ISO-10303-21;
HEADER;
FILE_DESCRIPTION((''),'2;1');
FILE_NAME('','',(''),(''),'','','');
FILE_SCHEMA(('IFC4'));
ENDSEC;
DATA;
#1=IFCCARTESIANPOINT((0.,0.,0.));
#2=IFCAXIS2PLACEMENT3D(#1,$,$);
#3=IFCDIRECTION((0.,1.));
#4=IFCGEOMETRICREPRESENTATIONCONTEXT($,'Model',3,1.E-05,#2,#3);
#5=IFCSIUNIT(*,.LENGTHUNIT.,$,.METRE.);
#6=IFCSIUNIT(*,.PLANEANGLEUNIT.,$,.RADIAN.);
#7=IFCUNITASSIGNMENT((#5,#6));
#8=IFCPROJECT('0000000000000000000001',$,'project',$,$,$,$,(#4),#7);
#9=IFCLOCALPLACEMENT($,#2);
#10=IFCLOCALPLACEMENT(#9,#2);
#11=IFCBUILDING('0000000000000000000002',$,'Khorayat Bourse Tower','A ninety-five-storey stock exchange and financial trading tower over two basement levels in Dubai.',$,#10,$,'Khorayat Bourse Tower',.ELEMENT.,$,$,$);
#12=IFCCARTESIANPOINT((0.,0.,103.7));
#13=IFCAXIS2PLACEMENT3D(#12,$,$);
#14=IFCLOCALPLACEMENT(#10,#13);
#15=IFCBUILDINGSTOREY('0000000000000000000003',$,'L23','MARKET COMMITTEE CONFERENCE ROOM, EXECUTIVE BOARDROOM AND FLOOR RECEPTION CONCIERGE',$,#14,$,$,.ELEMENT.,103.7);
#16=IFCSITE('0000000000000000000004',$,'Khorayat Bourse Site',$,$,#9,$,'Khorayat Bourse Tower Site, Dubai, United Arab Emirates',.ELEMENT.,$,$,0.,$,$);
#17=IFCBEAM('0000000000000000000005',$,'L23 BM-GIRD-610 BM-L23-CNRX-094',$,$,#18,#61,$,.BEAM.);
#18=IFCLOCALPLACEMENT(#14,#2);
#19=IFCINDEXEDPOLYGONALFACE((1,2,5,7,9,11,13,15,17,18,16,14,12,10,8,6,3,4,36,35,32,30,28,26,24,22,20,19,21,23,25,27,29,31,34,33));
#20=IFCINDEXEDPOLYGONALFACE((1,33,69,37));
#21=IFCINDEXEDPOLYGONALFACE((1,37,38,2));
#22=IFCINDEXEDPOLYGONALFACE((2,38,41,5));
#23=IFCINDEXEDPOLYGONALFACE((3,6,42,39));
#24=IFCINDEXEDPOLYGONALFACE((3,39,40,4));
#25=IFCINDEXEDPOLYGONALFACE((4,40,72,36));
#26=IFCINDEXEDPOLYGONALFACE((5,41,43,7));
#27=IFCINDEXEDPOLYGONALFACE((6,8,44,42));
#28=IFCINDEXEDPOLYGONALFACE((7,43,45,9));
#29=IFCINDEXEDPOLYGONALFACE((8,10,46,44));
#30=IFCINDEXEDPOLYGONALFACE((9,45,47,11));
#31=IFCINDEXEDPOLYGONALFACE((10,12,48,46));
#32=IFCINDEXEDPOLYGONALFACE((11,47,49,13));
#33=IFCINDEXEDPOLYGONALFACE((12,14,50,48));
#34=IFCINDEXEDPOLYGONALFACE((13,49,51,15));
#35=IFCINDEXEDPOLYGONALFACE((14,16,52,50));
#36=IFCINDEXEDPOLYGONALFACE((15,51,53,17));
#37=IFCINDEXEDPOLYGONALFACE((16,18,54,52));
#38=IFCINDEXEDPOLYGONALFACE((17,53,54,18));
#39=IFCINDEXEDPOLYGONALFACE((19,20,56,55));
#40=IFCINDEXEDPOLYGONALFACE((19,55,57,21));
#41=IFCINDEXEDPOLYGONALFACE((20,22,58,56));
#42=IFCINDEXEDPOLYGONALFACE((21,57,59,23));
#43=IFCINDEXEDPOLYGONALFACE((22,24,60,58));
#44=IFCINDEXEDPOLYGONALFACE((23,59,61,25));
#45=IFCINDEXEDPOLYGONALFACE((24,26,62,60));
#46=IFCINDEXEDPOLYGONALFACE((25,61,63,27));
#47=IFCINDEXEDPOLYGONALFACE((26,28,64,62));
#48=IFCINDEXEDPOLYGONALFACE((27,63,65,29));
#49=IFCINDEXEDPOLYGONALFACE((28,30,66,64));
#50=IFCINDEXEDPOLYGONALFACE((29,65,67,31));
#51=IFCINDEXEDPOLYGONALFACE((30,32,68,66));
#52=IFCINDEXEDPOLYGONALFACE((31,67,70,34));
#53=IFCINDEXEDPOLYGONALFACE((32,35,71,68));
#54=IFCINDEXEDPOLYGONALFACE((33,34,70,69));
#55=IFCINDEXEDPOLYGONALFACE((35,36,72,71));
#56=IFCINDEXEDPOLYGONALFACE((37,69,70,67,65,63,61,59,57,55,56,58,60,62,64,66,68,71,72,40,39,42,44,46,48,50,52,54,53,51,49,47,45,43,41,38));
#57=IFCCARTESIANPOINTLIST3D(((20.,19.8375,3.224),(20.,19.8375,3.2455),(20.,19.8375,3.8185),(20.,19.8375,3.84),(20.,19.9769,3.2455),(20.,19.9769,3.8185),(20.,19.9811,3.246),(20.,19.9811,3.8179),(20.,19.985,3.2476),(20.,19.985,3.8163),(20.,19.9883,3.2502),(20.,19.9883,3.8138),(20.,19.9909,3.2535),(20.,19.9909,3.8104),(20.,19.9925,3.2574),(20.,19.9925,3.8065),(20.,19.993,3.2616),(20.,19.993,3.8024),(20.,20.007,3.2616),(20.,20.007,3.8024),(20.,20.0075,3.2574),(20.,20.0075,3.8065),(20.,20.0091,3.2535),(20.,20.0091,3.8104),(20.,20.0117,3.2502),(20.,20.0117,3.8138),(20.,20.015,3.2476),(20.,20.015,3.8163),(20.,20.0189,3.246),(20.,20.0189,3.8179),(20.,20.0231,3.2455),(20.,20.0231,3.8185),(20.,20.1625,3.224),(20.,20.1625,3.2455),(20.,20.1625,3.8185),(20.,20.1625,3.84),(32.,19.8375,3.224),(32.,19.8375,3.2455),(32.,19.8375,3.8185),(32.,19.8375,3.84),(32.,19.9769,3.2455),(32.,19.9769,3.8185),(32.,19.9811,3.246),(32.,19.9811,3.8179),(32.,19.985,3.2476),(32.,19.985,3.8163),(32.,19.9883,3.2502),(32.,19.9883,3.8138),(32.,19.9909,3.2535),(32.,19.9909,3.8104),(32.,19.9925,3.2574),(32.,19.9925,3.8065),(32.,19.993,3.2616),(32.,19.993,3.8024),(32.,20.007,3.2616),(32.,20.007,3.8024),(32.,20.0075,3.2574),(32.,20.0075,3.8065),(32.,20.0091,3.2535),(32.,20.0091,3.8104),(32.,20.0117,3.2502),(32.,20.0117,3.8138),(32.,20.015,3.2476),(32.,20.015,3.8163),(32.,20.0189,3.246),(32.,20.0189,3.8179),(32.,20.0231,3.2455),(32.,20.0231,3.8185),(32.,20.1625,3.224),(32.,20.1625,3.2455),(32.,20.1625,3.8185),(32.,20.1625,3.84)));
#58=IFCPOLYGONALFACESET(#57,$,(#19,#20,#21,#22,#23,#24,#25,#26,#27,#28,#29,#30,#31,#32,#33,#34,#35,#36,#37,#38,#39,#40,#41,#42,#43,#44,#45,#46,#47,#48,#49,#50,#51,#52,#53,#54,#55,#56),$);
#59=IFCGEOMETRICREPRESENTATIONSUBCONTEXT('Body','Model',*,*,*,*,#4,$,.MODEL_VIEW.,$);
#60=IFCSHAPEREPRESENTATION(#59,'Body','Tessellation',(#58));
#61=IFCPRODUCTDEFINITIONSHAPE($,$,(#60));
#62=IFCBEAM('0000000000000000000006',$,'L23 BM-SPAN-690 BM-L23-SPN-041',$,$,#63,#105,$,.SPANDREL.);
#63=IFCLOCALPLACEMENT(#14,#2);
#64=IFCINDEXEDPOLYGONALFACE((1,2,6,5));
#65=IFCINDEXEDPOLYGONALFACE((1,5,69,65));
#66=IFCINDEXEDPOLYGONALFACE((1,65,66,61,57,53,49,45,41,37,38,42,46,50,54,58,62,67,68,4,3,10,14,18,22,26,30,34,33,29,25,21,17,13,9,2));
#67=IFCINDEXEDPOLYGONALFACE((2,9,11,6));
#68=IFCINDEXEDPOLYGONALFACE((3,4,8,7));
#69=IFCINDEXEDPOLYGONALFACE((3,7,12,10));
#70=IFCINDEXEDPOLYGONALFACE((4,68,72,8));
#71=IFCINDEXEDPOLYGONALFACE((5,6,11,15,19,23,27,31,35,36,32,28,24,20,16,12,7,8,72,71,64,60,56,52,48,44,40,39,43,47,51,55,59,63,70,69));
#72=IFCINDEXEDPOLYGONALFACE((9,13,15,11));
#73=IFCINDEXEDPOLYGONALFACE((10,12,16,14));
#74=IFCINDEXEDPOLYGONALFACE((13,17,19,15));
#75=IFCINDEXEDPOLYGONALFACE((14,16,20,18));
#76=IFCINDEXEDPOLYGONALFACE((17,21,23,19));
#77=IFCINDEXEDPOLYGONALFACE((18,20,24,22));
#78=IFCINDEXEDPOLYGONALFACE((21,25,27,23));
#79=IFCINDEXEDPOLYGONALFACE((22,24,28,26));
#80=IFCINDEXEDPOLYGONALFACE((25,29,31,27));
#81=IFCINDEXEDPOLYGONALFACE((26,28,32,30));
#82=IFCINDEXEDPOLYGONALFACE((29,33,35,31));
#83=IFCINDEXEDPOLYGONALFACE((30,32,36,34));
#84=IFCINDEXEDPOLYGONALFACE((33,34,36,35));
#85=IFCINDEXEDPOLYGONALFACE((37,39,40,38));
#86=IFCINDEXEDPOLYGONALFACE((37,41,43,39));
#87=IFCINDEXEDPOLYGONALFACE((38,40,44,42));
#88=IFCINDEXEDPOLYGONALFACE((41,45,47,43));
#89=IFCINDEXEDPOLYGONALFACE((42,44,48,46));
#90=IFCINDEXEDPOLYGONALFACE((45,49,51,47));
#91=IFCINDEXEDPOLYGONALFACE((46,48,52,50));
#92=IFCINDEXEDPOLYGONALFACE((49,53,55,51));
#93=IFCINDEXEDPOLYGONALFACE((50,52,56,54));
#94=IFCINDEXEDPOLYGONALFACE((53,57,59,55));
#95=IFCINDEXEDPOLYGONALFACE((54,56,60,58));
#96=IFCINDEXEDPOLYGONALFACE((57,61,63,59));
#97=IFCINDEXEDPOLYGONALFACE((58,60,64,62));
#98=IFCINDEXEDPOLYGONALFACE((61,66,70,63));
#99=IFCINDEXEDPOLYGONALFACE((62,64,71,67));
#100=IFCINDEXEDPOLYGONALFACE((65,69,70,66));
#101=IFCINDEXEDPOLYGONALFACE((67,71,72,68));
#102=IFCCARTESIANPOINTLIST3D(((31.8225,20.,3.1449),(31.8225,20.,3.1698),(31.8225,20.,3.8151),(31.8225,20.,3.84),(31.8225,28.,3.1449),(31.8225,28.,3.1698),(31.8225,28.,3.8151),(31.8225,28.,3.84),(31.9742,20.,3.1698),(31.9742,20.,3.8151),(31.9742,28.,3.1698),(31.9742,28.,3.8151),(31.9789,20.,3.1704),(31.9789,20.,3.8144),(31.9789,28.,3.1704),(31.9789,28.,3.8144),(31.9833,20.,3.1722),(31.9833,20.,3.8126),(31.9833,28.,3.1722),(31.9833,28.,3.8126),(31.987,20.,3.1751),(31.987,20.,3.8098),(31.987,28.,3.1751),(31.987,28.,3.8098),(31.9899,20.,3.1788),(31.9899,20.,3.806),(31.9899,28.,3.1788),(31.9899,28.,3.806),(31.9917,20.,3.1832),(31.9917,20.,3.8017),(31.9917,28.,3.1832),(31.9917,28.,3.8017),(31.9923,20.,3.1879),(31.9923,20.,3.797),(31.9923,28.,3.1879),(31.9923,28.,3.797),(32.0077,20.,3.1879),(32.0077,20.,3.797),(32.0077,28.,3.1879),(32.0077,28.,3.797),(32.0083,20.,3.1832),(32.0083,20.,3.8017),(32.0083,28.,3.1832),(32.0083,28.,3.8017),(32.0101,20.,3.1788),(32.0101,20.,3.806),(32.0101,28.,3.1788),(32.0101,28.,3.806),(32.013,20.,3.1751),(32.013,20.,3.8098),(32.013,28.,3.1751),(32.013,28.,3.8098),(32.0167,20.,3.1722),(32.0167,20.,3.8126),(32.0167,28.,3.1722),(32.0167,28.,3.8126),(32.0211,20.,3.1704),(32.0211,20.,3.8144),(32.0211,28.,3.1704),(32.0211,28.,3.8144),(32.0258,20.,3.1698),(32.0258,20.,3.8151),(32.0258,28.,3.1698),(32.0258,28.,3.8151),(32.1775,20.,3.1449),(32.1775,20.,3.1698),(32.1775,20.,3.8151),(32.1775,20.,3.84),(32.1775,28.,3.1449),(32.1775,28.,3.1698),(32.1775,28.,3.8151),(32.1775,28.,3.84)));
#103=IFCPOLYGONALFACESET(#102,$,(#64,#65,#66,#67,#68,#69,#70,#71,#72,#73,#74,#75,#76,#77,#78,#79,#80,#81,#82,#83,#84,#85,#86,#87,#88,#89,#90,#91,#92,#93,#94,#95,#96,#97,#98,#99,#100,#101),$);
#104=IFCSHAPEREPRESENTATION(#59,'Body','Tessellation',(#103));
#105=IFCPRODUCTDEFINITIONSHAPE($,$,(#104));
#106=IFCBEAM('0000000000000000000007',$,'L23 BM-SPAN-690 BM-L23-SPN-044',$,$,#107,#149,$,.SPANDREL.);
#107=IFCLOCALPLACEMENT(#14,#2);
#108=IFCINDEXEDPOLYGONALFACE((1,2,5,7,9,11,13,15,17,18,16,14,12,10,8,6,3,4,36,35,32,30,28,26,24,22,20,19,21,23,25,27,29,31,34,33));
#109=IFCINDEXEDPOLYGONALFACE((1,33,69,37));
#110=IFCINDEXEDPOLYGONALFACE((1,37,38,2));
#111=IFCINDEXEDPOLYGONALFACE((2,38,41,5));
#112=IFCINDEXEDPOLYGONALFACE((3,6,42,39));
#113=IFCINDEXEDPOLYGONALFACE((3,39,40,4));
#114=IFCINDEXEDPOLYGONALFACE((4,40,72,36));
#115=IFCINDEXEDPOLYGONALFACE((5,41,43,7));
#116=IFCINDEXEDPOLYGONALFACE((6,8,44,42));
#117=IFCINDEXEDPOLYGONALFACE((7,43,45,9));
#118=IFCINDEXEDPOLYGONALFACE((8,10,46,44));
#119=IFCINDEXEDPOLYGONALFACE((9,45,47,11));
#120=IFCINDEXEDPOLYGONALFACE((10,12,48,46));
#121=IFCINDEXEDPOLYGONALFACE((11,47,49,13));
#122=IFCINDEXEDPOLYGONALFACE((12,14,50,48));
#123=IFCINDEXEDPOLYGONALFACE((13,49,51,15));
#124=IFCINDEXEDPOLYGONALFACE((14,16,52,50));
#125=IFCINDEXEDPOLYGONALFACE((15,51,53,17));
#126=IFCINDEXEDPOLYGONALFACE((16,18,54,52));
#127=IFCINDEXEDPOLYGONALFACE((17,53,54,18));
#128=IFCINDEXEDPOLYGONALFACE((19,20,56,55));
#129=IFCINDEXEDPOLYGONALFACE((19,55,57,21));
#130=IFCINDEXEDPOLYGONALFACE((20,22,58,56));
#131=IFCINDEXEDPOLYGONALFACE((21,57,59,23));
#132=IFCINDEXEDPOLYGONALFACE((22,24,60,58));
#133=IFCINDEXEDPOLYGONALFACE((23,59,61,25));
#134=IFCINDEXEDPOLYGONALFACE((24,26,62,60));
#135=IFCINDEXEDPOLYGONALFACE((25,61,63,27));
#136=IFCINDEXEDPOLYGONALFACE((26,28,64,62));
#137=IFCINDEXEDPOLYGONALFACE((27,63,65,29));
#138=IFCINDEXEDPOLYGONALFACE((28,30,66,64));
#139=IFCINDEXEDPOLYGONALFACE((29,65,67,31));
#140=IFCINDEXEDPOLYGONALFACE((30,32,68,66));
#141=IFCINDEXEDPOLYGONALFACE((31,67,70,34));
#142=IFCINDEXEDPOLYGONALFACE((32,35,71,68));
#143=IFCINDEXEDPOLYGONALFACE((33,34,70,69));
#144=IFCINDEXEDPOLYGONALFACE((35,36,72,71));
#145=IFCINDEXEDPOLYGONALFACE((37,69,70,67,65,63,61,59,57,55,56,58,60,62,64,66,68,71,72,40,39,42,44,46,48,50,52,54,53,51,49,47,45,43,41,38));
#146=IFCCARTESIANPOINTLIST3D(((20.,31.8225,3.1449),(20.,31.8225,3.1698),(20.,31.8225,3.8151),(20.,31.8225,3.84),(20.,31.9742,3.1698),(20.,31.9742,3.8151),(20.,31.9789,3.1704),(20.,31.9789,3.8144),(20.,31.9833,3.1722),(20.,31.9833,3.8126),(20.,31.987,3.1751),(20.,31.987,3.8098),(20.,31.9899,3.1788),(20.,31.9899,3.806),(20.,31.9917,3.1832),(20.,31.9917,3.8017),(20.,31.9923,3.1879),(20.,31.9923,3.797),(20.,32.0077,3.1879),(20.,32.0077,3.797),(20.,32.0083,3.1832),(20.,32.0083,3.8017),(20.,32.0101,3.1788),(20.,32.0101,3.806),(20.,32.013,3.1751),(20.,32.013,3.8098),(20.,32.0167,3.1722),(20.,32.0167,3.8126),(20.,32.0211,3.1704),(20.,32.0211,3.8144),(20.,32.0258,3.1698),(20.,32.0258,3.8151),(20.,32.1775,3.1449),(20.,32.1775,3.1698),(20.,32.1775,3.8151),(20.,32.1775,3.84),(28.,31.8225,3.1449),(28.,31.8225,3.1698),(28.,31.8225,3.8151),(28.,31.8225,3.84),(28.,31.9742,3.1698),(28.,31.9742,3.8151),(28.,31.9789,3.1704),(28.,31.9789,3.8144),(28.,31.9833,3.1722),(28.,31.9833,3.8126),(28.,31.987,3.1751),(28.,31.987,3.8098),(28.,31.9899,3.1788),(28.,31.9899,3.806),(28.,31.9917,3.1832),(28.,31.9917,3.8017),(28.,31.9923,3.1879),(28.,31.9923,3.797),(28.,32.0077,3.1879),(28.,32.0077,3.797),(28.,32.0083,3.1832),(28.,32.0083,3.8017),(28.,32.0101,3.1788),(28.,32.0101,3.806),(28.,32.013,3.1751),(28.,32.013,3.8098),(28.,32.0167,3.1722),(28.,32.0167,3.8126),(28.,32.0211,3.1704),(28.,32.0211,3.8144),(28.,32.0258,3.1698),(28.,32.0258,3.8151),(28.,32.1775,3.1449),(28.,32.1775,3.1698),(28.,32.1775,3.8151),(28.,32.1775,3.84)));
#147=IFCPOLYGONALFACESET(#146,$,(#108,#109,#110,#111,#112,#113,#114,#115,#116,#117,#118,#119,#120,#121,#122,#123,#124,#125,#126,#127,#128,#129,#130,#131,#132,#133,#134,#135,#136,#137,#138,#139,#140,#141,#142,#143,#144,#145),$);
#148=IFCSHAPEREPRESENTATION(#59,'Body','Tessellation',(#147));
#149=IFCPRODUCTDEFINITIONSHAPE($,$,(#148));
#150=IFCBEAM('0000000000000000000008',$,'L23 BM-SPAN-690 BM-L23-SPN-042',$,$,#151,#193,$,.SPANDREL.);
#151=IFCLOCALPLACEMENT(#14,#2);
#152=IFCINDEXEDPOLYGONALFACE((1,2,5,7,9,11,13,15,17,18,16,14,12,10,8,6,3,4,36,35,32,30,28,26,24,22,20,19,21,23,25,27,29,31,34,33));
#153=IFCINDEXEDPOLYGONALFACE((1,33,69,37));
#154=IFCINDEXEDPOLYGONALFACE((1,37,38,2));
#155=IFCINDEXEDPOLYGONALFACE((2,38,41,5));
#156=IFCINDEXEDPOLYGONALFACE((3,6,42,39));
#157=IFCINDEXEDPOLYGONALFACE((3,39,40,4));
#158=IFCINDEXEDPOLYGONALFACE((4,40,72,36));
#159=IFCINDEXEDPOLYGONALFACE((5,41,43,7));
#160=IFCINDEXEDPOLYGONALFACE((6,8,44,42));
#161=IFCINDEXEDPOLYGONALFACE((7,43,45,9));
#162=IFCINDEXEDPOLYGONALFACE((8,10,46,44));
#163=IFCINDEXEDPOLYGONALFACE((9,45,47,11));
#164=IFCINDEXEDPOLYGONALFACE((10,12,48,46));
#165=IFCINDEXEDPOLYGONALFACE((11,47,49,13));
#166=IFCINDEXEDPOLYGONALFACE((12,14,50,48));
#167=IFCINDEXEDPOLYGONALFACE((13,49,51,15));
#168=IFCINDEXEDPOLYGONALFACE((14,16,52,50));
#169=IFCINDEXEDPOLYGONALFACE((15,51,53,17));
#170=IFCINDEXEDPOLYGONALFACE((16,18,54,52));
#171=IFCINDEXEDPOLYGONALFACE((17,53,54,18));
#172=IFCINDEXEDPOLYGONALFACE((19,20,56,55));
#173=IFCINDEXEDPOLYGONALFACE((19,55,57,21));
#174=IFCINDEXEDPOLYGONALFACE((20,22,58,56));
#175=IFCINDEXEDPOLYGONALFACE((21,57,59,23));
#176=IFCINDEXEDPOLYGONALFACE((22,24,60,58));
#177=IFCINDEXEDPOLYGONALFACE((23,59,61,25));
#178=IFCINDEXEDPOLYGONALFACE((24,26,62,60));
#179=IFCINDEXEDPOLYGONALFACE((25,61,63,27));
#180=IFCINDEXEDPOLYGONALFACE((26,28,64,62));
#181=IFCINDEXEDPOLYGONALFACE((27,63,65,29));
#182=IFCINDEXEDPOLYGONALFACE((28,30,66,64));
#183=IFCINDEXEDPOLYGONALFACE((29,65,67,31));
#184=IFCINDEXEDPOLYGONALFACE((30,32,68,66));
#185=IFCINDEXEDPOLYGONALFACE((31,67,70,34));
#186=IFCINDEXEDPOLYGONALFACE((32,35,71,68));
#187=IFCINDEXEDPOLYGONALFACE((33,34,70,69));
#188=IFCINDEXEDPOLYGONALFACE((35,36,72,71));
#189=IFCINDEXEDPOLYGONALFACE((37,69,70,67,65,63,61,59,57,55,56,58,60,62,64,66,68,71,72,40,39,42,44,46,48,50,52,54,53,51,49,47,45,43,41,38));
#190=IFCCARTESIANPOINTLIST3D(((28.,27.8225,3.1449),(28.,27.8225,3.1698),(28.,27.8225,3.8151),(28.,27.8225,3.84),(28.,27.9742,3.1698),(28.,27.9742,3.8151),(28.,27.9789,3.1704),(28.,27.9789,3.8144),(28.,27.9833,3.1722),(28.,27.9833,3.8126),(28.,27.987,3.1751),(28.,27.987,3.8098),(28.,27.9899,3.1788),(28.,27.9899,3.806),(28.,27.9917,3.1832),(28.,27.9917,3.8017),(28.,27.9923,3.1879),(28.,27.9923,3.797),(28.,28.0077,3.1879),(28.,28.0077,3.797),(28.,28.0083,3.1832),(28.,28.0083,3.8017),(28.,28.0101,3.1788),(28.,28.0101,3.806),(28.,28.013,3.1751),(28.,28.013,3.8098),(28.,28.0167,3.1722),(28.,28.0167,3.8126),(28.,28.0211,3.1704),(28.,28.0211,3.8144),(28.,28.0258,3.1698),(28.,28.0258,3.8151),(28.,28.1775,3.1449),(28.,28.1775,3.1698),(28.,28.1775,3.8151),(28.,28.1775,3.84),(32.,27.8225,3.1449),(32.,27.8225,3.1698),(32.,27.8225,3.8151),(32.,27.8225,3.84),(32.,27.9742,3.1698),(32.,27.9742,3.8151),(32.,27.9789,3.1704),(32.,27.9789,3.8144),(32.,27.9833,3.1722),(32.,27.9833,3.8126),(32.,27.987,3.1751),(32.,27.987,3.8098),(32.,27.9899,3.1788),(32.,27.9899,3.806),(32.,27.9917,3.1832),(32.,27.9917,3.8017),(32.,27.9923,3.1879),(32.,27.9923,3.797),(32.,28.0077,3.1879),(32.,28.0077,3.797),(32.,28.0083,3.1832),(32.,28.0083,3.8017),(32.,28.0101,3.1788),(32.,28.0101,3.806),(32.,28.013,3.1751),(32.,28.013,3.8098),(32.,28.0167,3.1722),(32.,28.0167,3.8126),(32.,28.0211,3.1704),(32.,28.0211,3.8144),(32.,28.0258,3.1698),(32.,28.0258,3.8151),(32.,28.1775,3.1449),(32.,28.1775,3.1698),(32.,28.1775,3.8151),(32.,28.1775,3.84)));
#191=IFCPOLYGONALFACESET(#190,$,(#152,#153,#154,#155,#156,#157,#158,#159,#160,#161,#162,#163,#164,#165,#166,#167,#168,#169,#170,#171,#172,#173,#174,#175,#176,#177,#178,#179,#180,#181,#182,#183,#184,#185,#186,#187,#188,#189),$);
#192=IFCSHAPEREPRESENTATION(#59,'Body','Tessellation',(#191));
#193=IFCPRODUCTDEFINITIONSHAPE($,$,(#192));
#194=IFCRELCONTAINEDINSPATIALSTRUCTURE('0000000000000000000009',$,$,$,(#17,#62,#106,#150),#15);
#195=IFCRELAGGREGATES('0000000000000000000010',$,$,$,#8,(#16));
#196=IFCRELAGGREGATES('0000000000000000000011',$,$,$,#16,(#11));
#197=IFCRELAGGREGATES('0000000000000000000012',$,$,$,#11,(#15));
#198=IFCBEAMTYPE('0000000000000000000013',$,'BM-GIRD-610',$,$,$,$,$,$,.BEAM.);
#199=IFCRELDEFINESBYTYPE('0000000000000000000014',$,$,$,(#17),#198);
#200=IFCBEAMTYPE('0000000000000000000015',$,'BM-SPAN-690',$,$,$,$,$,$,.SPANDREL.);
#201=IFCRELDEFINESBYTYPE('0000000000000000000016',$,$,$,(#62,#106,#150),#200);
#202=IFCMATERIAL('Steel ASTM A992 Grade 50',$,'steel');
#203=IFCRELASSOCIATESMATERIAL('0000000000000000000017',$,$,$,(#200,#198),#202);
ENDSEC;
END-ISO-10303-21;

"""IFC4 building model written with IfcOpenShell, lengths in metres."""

from ifc_helpers import new_model, si_unit, direction, frame, origin, origin_2d, place, context, subcontext, project, spatial, i_section, extrude, source, transform, mapped, material, material_profile, profile_set, type_object, element, save


model = new_model("IFC4")

# Units and contexts
model_context = context("Model", 3, precision=1e-05, world=origin(), true_north=direction((0.0, 1.0)))
body_context = subcontext(model_context, "Body", "Model", "MODEL_VIEW")
ifc_project = project(units=[si_unit("LENGTHUNIT", "METRE"), si_unit("PLANEANGLEUNIT", "RADIAN")], contexts=[model_context])

# Site, building, storey
site_placement = place(None, origin())
site = spatial("IfcSite", under=ifc_project, at=site_placement, Name="Khorayat Bourse Site", LongName="Khorayat Bourse Tower Site, Dubai, United Arab Emirates", CompositionType="ELEMENT", RefElevation=0.0)
building_placement = place(site_placement, origin())
building = spatial("IfcBuilding", under=site, at=building_placement, Name="Khorayat Bourse Tower", Description="A ninety-five-storey stock exchange and financial trading tower over two basement levels in Dubai.", LongName="Khorayat Bourse Tower", CompositionType="ELEMENT")
storey_placement = place(building_placement, frame((0.0, 0.0, 103.7)))
storey = spatial("IfcBuildingStorey", under=building, at=storey_placement, Name="L23", Description="MARKET COMMITTEE CONFERENCE ROOM, EXECUTIVE BOARDROOM AND FLOOR RECEPTION CONCIERGE", CompositionType="ELEMENT", Elevation=103.7)

# Beams
ifc_material_1 = material(Name="Steel ASTM A992 Grade 50", Category="steel")
ifc_material_profile_1 = material_profile(ifc_material_1, i_section(OverallWidth=0.355, OverallDepth=0.6951, WebThickness=0.0154, FlangeThickness=0.0249, FilletRadius=0.0181, at=origin_2d()), Name="W690X217")
ifc_profile_set_1 = profile_set([ifc_material_profile_1], Name="Steel ASTM A992 Grade 50")
beam_type_1 = type_object("IfcBeamType", Name="BM-SPAN-690", PredefinedType="SPANDREL", material=ifc_profile_set_1)
ifc_material_profile_2 = material_profile(ifc_material_1, i_section(OverallWidth=0.325, OverallDepth=0.616, WebThickness=0.0139, FlangeThickness=0.0215, FilletRadius=0.0161, at=origin_2d()), Name="W610X174")
ifc_profile_set_2 = profile_set([ifc_material_profile_2], Name="Steel ASTM A992 Grade 50")
beam_type_2 = type_object("IfcBeamType", Name="BM-GIRD-610", PredefinedType="BEAM", material=ifc_profile_set_2)
shared_shape_1 = source(origin(), body_context, "Body", "SweptSolid", [
    extrude(i_section(OverallWidth=0.325, OverallDepth=0.616, WebThickness=0.0139, FlangeThickness=0.0215, FilletRadius=0.0161, at=origin_2d()), origin(), (0.0, 0.0, 1.0), 12.0),
])
beam_1_placement = place(storey_placement, frame((20.0, 20.0, 3.532), z_axis=(1.0, 0.0, 0.0), x_axis=(0.0, 1.0, 0.0)))
element("IfcBeam", 1, at=beam_1_placement, inside=storey, type_object=beam_type_2, Name="L23 BM-GIRD-610 BM-L23-CNRX-094", PredefinedType="BEAM", context=body_context, shape_type="MappedRepresentation", body=[
    mapped(shared_shape_1, transform((0.0, 0.0, 0.0), scale=1.0)),
])
shared_shape_2 = source(origin(), body_context, "Body", "SweptSolid", [
    extrude(i_section(OverallWidth=0.355, OverallDepth=0.6951, WebThickness=0.0154, FlangeThickness=0.0249, FilletRadius=0.0181, at=origin_2d()), origin(), (0.0, 0.0, 1.0), 8.0),
])
for number, where, z_axis, x_axis, name in (
    (2, (32.0, 20.0, 3.4924), (0.0, 1.0, 0.0), (-1.0, 0.0, 0.0), "L23 BM-SPAN-690 BM-L23-SPN-041"),
    (3, (20.0, 32.0, 3.4924), (1.0, 0.0, 0.0), (0.0, 1.0, 0.0), "L23 BM-SPAN-690 BM-L23-SPN-044"),
):
    element("IfcBeam", number, at=place(storey_placement, frame(where, z_axis=z_axis, x_axis=x_axis)), inside=storey, type_object=beam_type_1, Name=name, PredefinedType="SPANDREL", context=body_context, shape_type="MappedRepresentation", body=[
        mapped(shared_shape_2, transform((0.0, 0.0, 0.0), scale=1.0)),
    ])
shared_shape_3 = source(origin(), body_context, "Body", "SweptSolid", [
    extrude(i_section(OverallWidth=0.355, OverallDepth=0.6951, WebThickness=0.0154, FlangeThickness=0.0249, FilletRadius=0.0181, at=origin_2d()), origin(), (0.0, 0.0, 1.0), 4.0),
])
for number, where, z_axis, x_axis, name in (
    (4, (28.0, 28.0, 3.4924), (1.0, 0.0, 0.0), (0.0, 1.0, 0.0), "L23 BM-SPAN-690 BM-L23-SPN-042"),
):
    element("IfcBeam", number, at=place(storey_placement, frame(where, z_axis=z_axis, x_axis=x_axis)), inside=storey, type_object=beam_type_1, Name=name, PredefinedType="SPANDREL", context=body_context, shape_type="MappedRepresentation", body=[
        mapped(shared_shape_3, transform((0.0, 0.0, 0.0), scale=1.0)),
    ])

save(model, "model.ifc")
